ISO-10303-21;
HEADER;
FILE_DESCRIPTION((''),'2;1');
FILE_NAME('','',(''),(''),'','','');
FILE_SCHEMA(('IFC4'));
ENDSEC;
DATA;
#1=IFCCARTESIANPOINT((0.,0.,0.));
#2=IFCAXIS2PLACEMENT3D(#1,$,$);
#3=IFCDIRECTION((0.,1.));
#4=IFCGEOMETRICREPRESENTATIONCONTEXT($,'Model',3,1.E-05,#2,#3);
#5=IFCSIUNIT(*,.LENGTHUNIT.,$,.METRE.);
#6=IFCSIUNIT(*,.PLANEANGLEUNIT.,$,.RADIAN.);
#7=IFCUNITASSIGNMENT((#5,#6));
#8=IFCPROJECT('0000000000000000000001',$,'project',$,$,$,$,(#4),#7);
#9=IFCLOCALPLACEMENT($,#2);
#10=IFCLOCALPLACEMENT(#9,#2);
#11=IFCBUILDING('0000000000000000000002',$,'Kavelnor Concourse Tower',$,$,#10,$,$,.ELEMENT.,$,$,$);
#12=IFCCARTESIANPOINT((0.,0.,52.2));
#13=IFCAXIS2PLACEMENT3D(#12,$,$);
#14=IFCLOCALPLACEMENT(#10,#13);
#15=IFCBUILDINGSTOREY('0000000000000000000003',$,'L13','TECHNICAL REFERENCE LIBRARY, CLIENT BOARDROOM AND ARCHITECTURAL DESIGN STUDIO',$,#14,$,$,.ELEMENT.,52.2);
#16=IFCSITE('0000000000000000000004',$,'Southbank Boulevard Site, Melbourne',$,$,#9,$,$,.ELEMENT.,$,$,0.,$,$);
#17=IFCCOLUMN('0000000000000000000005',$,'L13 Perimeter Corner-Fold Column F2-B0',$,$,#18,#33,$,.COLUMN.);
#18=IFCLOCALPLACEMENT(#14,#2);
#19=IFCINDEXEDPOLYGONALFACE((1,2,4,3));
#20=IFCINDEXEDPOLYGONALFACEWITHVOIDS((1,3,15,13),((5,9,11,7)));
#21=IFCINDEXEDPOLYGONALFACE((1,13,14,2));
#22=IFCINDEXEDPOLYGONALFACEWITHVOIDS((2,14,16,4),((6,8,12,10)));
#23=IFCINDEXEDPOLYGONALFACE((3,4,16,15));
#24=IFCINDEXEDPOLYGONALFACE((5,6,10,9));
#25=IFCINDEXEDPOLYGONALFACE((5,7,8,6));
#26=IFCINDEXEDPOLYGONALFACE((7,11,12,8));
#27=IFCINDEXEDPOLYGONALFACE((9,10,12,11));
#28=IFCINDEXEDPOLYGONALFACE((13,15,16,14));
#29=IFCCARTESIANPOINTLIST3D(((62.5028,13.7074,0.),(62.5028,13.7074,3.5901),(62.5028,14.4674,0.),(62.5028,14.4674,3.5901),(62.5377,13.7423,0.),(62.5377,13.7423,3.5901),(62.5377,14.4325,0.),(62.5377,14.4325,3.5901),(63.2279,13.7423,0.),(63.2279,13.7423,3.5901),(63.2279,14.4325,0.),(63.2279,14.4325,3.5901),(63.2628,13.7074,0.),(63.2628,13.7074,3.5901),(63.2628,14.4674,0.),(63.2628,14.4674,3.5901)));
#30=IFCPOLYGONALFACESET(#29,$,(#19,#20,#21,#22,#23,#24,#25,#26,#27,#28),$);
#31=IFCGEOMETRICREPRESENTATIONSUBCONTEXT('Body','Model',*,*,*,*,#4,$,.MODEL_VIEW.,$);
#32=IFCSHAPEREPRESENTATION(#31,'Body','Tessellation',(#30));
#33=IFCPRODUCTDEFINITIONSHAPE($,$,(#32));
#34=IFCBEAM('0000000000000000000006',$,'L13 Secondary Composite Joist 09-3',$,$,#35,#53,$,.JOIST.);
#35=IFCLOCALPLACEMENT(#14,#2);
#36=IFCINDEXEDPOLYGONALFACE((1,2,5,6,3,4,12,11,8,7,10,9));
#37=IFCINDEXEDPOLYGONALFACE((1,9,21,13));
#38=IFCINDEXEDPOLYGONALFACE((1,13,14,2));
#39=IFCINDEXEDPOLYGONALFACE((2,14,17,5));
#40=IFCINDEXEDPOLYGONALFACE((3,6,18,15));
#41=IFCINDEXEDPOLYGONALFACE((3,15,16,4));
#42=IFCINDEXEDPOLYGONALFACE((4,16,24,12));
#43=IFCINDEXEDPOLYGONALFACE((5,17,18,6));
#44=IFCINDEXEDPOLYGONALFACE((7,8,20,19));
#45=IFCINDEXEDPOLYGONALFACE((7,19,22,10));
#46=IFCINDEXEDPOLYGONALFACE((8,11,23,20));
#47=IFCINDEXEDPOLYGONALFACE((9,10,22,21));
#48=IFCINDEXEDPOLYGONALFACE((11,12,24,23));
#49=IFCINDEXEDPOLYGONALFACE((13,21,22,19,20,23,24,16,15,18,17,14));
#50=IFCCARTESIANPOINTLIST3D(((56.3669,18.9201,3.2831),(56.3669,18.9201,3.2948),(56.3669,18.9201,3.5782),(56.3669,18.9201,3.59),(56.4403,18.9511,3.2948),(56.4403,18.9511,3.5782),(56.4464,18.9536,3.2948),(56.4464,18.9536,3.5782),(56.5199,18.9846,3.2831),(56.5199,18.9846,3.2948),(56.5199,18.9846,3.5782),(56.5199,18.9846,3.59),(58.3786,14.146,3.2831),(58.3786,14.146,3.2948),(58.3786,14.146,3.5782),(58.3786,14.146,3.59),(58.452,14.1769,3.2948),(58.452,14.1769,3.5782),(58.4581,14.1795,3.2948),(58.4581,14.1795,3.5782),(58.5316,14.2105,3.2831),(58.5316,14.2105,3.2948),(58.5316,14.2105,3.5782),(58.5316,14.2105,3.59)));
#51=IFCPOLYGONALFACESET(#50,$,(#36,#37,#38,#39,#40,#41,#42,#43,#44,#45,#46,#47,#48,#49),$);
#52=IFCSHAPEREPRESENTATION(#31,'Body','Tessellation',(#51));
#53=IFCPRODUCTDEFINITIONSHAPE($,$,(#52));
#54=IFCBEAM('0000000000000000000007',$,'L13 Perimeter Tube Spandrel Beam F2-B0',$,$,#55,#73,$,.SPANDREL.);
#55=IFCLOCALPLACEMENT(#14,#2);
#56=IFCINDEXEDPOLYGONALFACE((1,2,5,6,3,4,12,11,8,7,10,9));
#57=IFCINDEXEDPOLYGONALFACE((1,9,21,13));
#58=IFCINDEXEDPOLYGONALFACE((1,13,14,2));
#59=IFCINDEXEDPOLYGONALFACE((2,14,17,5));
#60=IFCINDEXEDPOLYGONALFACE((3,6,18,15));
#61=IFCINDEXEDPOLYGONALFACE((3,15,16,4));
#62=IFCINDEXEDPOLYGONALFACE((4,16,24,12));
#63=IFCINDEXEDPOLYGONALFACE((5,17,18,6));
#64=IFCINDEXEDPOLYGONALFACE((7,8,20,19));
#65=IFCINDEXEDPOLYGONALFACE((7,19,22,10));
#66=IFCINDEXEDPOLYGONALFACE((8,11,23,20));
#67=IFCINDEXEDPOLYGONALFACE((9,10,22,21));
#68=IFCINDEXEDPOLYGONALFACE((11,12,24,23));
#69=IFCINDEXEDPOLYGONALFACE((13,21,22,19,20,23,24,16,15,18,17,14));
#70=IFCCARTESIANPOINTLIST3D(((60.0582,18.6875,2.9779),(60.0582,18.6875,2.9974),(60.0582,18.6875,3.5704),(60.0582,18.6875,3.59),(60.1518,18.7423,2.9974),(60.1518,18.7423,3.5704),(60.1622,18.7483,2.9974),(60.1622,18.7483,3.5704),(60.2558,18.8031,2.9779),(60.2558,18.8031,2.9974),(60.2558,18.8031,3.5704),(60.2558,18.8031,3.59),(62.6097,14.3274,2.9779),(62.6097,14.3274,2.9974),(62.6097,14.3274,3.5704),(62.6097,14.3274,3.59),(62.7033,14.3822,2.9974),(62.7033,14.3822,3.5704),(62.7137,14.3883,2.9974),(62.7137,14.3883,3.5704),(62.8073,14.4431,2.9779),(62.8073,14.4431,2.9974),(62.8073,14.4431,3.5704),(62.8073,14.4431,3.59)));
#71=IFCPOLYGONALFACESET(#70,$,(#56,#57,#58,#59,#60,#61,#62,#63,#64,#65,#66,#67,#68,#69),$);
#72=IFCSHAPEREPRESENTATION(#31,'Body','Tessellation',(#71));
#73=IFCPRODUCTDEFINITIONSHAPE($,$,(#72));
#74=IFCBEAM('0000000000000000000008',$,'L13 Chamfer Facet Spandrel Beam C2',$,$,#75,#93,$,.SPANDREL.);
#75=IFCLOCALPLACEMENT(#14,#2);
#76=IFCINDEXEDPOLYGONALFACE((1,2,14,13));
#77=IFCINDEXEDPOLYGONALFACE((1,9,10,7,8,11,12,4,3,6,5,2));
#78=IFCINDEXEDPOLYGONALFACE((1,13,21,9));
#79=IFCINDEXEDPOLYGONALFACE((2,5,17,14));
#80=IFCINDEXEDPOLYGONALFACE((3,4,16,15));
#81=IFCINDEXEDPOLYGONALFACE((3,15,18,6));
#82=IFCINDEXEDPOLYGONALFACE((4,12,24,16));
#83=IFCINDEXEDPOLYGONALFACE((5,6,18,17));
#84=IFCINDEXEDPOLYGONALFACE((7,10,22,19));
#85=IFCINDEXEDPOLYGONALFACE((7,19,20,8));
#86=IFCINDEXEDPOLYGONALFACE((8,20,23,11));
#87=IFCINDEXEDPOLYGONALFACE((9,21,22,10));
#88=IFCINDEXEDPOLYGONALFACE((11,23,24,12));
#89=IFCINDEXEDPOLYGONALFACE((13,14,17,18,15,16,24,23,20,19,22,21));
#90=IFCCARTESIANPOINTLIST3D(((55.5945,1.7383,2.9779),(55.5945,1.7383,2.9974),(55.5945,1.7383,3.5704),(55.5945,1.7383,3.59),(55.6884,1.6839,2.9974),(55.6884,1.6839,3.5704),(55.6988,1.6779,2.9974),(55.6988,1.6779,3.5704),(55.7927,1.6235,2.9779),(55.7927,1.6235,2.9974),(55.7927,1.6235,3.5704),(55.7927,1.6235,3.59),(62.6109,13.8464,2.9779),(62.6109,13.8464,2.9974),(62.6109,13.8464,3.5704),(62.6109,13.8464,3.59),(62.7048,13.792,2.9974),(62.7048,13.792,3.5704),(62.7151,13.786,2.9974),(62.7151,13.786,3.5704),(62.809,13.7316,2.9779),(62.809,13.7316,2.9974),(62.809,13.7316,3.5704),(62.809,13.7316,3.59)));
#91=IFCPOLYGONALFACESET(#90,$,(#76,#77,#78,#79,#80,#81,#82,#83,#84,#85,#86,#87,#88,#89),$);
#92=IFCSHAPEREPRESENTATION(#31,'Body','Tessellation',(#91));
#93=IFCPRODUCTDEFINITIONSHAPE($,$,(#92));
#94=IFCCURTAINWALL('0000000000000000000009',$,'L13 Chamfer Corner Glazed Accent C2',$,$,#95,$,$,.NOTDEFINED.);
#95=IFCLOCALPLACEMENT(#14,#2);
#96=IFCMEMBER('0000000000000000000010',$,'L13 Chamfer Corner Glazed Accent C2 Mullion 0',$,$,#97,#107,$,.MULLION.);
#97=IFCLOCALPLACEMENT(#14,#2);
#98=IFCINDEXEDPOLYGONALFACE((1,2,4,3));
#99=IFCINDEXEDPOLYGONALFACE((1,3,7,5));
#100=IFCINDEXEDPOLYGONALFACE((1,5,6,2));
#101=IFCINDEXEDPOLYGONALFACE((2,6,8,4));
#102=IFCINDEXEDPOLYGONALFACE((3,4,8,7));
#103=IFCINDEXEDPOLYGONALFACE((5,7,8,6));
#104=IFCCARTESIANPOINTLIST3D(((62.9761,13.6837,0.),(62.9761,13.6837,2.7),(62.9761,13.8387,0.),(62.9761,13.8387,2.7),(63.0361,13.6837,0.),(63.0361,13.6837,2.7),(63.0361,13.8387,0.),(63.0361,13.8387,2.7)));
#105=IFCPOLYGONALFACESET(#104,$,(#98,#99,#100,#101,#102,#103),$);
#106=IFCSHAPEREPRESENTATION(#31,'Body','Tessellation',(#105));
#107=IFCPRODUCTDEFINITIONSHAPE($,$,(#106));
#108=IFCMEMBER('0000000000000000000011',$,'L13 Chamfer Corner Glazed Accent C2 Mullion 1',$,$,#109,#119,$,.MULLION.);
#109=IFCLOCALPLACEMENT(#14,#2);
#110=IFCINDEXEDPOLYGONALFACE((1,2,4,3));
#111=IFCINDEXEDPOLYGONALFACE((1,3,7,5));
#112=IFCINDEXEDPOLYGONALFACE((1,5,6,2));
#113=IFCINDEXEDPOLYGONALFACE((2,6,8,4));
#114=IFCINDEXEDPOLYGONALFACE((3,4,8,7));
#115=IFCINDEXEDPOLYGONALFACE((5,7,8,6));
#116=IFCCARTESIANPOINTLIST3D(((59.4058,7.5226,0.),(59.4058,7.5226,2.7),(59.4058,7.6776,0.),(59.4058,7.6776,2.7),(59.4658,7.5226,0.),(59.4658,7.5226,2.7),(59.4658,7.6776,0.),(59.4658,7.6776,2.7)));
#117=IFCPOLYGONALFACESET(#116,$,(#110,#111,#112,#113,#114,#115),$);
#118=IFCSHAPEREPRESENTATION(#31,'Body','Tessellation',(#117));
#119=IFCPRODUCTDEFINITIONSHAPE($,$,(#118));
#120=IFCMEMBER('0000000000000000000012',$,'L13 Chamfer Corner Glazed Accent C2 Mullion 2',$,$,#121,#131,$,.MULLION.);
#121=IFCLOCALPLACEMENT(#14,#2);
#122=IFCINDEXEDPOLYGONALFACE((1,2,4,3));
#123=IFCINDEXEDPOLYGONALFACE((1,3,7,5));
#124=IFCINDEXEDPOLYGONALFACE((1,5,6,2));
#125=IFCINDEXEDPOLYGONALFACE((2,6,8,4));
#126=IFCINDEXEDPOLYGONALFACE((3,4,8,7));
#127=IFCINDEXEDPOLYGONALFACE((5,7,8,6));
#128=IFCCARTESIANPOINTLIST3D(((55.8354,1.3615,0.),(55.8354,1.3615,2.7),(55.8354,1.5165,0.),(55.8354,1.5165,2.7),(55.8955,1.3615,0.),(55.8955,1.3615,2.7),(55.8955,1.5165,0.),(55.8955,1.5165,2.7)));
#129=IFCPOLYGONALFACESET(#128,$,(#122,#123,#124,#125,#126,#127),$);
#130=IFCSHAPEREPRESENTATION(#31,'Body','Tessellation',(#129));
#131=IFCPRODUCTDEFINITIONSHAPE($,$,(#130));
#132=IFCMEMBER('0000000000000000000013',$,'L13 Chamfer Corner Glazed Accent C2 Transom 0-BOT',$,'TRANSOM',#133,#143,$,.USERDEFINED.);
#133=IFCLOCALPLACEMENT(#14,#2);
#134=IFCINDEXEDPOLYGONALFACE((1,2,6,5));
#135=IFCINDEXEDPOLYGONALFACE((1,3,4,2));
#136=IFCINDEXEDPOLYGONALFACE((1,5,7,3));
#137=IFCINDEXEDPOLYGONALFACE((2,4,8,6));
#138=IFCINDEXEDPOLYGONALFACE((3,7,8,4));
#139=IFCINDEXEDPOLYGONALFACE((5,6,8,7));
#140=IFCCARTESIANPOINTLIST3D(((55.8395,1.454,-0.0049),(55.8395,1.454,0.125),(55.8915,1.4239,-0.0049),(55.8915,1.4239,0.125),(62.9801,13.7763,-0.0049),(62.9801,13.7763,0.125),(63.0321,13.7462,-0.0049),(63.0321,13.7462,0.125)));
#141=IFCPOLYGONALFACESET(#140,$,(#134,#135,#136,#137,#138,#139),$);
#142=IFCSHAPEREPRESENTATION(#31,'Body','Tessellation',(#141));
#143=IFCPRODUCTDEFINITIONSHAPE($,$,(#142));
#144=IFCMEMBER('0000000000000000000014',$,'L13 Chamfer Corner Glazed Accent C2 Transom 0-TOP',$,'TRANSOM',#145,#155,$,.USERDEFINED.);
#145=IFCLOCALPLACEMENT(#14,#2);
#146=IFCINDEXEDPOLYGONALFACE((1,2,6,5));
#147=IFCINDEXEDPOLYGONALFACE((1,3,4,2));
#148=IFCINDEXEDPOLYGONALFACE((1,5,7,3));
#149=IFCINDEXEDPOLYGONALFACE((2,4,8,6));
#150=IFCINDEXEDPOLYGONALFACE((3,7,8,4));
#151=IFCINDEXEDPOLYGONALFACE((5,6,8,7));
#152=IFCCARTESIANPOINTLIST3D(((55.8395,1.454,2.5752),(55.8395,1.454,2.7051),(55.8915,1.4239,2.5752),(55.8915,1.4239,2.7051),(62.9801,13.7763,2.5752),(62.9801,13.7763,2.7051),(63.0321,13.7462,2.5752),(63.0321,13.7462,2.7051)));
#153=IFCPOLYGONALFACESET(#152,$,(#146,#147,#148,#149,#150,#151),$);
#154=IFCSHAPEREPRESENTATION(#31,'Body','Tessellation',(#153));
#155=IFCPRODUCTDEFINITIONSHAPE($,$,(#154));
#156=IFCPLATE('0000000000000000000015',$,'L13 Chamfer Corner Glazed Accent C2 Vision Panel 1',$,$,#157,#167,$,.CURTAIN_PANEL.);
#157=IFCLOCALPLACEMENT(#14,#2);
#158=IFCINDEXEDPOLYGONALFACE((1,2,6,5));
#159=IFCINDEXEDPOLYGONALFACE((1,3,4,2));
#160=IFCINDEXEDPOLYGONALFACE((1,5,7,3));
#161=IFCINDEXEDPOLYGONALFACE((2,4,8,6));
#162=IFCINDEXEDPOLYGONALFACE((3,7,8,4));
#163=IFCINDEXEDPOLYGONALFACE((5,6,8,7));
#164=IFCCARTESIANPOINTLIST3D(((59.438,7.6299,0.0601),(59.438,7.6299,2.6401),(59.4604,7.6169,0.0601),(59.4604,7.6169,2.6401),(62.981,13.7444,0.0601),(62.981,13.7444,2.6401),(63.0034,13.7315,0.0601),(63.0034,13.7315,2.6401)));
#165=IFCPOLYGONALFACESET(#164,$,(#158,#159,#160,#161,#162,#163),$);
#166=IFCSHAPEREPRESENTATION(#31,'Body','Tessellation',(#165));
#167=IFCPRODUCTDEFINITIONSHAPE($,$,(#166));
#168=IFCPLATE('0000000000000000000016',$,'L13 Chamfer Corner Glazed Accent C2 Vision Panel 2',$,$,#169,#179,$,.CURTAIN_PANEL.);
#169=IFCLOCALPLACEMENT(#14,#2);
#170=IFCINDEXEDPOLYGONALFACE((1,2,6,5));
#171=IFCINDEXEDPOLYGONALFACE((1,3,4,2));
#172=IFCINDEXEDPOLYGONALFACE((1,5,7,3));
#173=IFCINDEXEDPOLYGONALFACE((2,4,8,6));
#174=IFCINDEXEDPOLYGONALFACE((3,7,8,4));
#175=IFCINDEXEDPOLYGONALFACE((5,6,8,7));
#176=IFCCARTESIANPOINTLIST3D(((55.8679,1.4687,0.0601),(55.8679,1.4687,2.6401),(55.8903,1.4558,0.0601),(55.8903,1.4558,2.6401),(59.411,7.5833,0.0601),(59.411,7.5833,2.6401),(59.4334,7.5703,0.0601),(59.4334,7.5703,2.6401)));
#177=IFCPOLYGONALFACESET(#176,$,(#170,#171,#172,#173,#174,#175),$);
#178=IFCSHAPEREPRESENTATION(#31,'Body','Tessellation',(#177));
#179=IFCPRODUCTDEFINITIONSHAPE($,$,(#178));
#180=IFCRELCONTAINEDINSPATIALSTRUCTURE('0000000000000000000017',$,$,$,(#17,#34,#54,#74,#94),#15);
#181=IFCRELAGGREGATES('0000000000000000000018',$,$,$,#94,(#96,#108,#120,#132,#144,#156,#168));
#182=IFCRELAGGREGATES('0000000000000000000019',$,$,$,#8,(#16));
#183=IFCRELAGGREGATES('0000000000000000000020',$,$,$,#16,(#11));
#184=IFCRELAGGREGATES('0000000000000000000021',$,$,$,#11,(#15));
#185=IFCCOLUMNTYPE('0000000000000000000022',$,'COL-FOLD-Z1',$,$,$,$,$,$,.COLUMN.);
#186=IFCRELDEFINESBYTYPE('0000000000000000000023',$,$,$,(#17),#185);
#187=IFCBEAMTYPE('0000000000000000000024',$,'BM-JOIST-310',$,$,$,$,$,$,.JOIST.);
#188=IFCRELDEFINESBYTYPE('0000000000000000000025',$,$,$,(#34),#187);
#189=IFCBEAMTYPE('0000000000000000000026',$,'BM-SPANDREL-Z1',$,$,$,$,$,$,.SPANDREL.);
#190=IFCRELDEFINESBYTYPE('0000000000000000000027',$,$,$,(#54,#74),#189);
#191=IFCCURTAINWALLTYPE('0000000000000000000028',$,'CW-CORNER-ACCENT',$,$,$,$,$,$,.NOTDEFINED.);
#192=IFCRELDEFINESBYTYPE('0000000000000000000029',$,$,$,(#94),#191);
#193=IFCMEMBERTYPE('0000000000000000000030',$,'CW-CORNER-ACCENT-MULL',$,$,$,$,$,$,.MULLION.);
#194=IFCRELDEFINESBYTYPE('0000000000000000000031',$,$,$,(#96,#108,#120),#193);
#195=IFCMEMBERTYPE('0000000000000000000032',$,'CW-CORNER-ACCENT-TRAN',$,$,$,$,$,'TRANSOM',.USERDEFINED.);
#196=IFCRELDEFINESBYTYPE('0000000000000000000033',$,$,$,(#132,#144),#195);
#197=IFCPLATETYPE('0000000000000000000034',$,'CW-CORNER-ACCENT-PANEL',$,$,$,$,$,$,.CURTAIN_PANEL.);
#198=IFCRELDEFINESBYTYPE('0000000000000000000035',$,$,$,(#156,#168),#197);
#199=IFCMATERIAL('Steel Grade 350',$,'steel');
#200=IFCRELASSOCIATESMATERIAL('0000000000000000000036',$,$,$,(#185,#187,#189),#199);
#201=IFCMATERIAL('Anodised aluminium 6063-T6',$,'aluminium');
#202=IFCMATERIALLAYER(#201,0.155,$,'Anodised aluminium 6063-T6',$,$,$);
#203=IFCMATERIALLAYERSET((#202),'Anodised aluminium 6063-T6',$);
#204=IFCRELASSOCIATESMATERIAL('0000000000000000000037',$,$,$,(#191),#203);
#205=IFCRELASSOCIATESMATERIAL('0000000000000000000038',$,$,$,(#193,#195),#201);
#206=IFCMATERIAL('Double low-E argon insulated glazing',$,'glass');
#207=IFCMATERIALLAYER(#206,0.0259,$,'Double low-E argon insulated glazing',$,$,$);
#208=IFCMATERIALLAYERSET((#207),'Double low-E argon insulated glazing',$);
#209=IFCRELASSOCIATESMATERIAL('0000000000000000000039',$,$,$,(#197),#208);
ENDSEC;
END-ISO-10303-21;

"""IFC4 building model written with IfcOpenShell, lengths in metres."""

from ifc_helpers import new_model, si_unit, direction, frame, origin, origin_2d, place, context, subcontext, project, spatial, rectangle, hollow_rectangle, i_section, extrude, material, layer, layer_set, material_profile, profile_set, type_object, element, aggregate, save


model = new_model("IFC4")

# Units and contexts
model_context = context("Model", 3, precision=1e-05, world=origin(), true_north=direction((0.0, 1.0)))
body_context = subcontext(model_context, "Body", "Model", "MODEL_VIEW")
ifc_project = project(units=[si_unit("LENGTHUNIT", "METRE"), si_unit("PLANEANGLEUNIT", "RADIAN")], contexts=[model_context])

# Site, building, storey
site_placement = place(None, origin())
site = spatial("IfcSite", under=ifc_project, at=site_placement, Name="Southbank Boulevard Site, Melbourne", CompositionType="ELEMENT", RefElevation=0.0)
building_placement = place(site_placement, origin())
building = spatial("IfcBuilding", under=site, at=building_placement, Name="Kavelnor Concourse Tower", CompositionType="ELEMENT")
storey_placement = place(building_placement, frame((0.0, 0.0, 52.2)))
storey = spatial("IfcBuildingStorey", under=building, at=storey_placement, Name="L13", Description="TECHNICAL REFERENCE LIBRARY, CLIENT BOARDROOM AND ARCHITECTURAL DESIGN STUDIO", CompositionType="ELEMENT", Elevation=52.2)

# Column
ifc_material_1 = material(Name="Steel Grade 350", Category="steel")
ifc_material_profile_1 = material_profile(ifc_material_1, hollow_rectangle(XDim=0.76, YDim=0.76, WallThickness=0.0349, at=origin_2d()), Name="SHS 760x760x35")
ifc_profile_set_1 = profile_set([ifc_material_profile_1], Name="Steel Grade 350")
column_type = type_object("IfcColumnType", Name="COL-FOLD-Z1", PredefinedType="COLUMN", material=ifc_profile_set_1)
column_placement = place(storey_placement, frame((62.8828, 14.0874, 0.0), z_axis=(0.0, 0.0, 1.0), x_axis=(1.0, 0.0, 0.0)))
element("IfcColumn", 1, at=column_placement, inside=storey, type_object=column_type, Name="L13 Perimeter Corner-Fold Column F2-B0", PredefinedType="COLUMN", context=body_context, shape_type="SweptSolid", body=[
    extrude(hollow_rectangle(XDim=0.76, YDim=0.76, WallThickness=0.0349, at=origin_2d()), origin(), (0.0, 0.0, 1.0), 3.5901),
])

# Beams
ifc_material_profile_2 = material_profile(ifc_material_1, i_section(OverallWidth=0.166, OverallDepth=0.3069, WebThickness=0.0066, FlangeThickness=0.0117, at=origin_2d()), Name="310UB46")
ifc_profile_set_2 = profile_set([ifc_material_profile_2], Name="Steel Grade 350")
beam_type_1 = type_object("IfcBeamType", Name="BM-JOIST-310", PredefinedType="JOIST", material=ifc_profile_set_2)
beam_1_placement = place(storey_placement, frame((58.4551, 14.1782, 3.4365), z_axis=(-0.38831, 0.921529, 0.0), x_axis=(-0.921529, -0.38831, 0.0)))
element("IfcBeam", 2, at=beam_1_placement, inside=storey, type_object=beam_type_1, Name="L13 Secondary Composite Joist 09-3", PredefinedType="JOIST", context=body_context, shape_type="SweptSolid", body=[
    extrude(i_section(OverallWidth=0.166, OverallDepth=0.3069, WebThickness=0.0066, FlangeThickness=0.0117, at=origin_2d()), origin(), (0.0, 0.0, 1.0), 5.1807),
])
ifc_material_profile_3 = material_profile(ifc_material_1, i_section(OverallWidth=0.229, OverallDepth=0.6121, WebThickness=0.012, FlangeThickness=0.0195, at=origin_2d()), Name="610UB125")
ifc_profile_set_3 = profile_set([ifc_material_profile_3], Name="Steel Grade 350")
beam_type_2 = type_object("IfcBeamType", Name="BM-SPANDREL-Z1", PredefinedType="SPANDREL", material=ifc_profile_set_3)
beam_2_placement = place(storey_placement, frame((62.7085, 14.3853, 3.2839), z_axis=(-0.505069, 0.863079, 0.0), x_axis=(-0.863079, -0.505069, 0.0)))
element("IfcBeam", 3, at=beam_2_placement, inside=storey, type_object=beam_type_2, Name="L13 Perimeter Tube Spandrel Beam F2-B0", PredefinedType="SPANDREL", context=body_context, shape_type="SweptSolid", body=[
    extrude(i_section(OverallWidth=0.229, OverallDepth=0.6121, WebThickness=0.012, FlangeThickness=0.0195, at=origin_2d()), origin(), (0.0, 0.0, 1.0), 5.0518),
])
beam_3_placement = place(storey_placement, frame((55.6936, 1.6809, 3.2839), z_axis=(0.501377, 0.865229, 0.0), x_axis=(-0.865229, 0.501377, 0.0)))
element("IfcBeam", 4, at=beam_3_placement, inside=storey, type_object=beam_type_2, Name="L13 Chamfer Facet Spandrel Beam C2", PredefinedType="SPANDREL", context=body_context, shape_type="SweptSolid", body=[
    extrude(i_section(OverallWidth=0.229, OverallDepth=0.6121, WebThickness=0.012, FlangeThickness=0.0195, at=origin_2d()), origin(), (0.0, 0.0, 1.0), 13.9941),
])

# Curtain wall, members, plates
ifc_material_2 = material(Name="Anodised aluminium 6063-T6", Category="aluminium")
ifc_layer_1 = layer(ifc_material_2, 0.155, Name="Anodised aluminium 6063-T6")
ifc_layer_set_1 = layer_set([ifc_layer_1], Name="Anodised aluminium 6063-T6")
curtain_wall_type = type_object("IfcCurtainWallType", Name="CW-CORNER-ACCENT", PredefinedType="NOTDEFINED", material=ifc_layer_set_1)
curtain_wall_placement = place(storey_placement, origin())
curtain_wall = element("IfcCurtainWall", 5, at=curtain_wall_placement, inside=storey, type_object=curtain_wall_type, Name="L13 Chamfer Corner Glazed Accent C2", PredefinedType="NOTDEFINED")
ifc_material_profile_4 = material_profile(ifc_material_2, rectangle(XDim=0.0601, YDim=0.155, at=origin_2d()), Name="AL-MULL 60x155")
ifc_profile_set_4 = profile_set([ifc_material_profile_4], Name="Anodised aluminium 6063-T6")
member_type_1 = type_object("IfcMemberType", Name="CW-CORNER-ACCENT-MULL", PredefinedType="MULLION", material=ifc_profile_set_4)
member_1_placement = place(storey_placement, frame((63.0061, 13.7612, 0.0), z_axis=(0.0, 0.0, 1.0), x_axis=(1.0, 0.0, 0.0)))
member_1 = element("IfcMember", 6, at=member_1_placement, type_object=member_type_1, Name="L13 Chamfer Corner Glazed Accent C2 Mullion 0", PredefinedType="MULLION", context=body_context, shape_type="SweptSolid", body=[
    extrude(rectangle(XDim=0.0601, YDim=0.155, at=origin_2d()), origin(), (0.0, 0.0, 1.0), 2.7),
])
member_2_placement = place(storey_placement, frame((59.4358, 7.6001, 0.0), z_axis=(0.0, 0.0, 1.0), x_axis=(1.0, 0.0, 0.0)))
member_2 = element("IfcMember", 7, at=member_2_placement, type_object=member_type_1, Name="L13 Chamfer Corner Glazed Accent C2 Mullion 1", PredefinedType="MULLION", context=body_context, shape_type="SweptSolid", body=[
    extrude(rectangle(XDim=0.0601, YDim=0.155, at=origin_2d()), origin(), (0.0, 0.0, 1.0), 2.7),
])
member_3_placement = place(storey_placement, frame((55.8655, 1.439, 0.0), z_axis=(0.0, 0.0, 1.0), x_axis=(1.0, 0.0, 0.0)))
member_3 = element("IfcMember", 8, at=member_3_placement, type_object=member_type_1, Name="L13 Chamfer Corner Glazed Accent C2 Mullion 2", PredefinedType="MULLION", context=body_context, shape_type="SweptSolid", body=[
    extrude(rectangle(XDim=0.0601, YDim=0.155, at=origin_2d()), origin(), (0.0, 0.0, 1.0), 2.7),
])
ifc_material_profile_5 = material_profile(ifc_material_2, rectangle(XDim=0.0601, YDim=0.1299, at=origin_2d()), Name="AL-TRAN 60x130")
ifc_profile_set_5 = profile_set([ifc_material_profile_5], Name="Anodised aluminium 6063-T6")
member_type_2 = type_object("IfcMemberType", Name="CW-CORNER-ACCENT-TRAN", ElementType="TRANSOM", PredefinedType="USERDEFINED", material=ifc_profile_set_5)
member_4_placement = place(storey_placement, frame((63.0061, 13.7612, 0.0601), z_axis=(-0.501388, -0.865223, 0.0), x_axis=(0.865223, -0.501388, 0.0)))
member_4 = element("IfcMember", 9, at=member_4_placement, type_object=member_type_2, Name="L13 Chamfer Corner Glazed Accent C2 Transom 0-BOT", ObjectType="TRANSOM", PredefinedType="USERDEFINED", context=body_context, shape_type="SweptSolid", body=[
    extrude(rectangle(XDim=0.0601, YDim=0.1299, at=origin_2d()), origin(), (0.0, 0.0, 1.0), 14.2417),
])
member_5_placement = place(storey_placement, frame((63.0061, 13.7612, 2.6401), z_axis=(-0.501388, -0.865223, 0.0), x_axis=(0.865223, -0.501388, 0.0)))
member_5 = element("IfcMember", 10, at=member_5_placement, type_object=member_type_2, Name="L13 Chamfer Corner Glazed Accent C2 Transom 0-TOP", ObjectType="TRANSOM", PredefinedType="USERDEFINED", context=body_context, shape_type="SweptSolid", body=[
    extrude(rectangle(XDim=0.0601, YDim=0.1299, at=origin_2d()), origin(), (0.0, 0.0, 1.0), 14.2417),
])
ifc_material_3 = material(Name="Double low-E argon insulated glazing", Category="glass")
ifc_layer_2 = layer(ifc_material_3, 0.0259, Name="Double low-E argon insulated glazing")
ifc_layer_set_2 = layer_set([ifc_layer_2], Name="Double low-E argon insulated glazing")
plate_type_1 = type_object("IfcPlateType", Name="CW-CORNER-ACCENT-PANEL", PredefinedType="CURTAIN_PANEL", material=ifc_layer_set_2)
plate_1_placement = place(storey_placement, frame((61.2207, 10.6807, 0.0601), z_axis=(0.0, 0.0, 1.0), x_axis=(-0.50136, -0.865239, 0.0)))
plate_1 = element("IfcPlate", 11, at=plate_1_placement, type_object=plate_type_1, Name="L13 Chamfer Corner Glazed Accent C2 Vision Panel 1", PredefinedType="CURTAIN_PANEL", context=body_context, shape_type="SweptSolid", body=[
    extrude(rectangle(XDim=7.0669, YDim=0.0259, at=origin_2d()), origin(), (0.0, 0.0, 1.0), 2.5801),
])
plate_2_placement = place(storey_placement, frame((57.6506, 4.5195, 0.0601), z_axis=(0.0, 0.0, 1.0), x_axis=(-0.50136, -0.865239, 0.0)))
plate_2 = element("IfcPlate", 12, at=plate_2_placement, type_object=plate_type_1, Name="L13 Chamfer Corner Glazed Accent C2 Vision Panel 2", PredefinedType="CURTAIN_PANEL", context=body_context, shape_type="SweptSolid", body=[
    extrude(rectangle(XDim=7.0669, YDim=0.0259, at=origin_2d()), origin(), (0.0, 0.0, 1.0), 2.5801),
])
aggregate(curtain_wall, [member_1, member_2, member_3, member_4, member_5, plate_1, plate_2])

save(model, "model.ifc")
